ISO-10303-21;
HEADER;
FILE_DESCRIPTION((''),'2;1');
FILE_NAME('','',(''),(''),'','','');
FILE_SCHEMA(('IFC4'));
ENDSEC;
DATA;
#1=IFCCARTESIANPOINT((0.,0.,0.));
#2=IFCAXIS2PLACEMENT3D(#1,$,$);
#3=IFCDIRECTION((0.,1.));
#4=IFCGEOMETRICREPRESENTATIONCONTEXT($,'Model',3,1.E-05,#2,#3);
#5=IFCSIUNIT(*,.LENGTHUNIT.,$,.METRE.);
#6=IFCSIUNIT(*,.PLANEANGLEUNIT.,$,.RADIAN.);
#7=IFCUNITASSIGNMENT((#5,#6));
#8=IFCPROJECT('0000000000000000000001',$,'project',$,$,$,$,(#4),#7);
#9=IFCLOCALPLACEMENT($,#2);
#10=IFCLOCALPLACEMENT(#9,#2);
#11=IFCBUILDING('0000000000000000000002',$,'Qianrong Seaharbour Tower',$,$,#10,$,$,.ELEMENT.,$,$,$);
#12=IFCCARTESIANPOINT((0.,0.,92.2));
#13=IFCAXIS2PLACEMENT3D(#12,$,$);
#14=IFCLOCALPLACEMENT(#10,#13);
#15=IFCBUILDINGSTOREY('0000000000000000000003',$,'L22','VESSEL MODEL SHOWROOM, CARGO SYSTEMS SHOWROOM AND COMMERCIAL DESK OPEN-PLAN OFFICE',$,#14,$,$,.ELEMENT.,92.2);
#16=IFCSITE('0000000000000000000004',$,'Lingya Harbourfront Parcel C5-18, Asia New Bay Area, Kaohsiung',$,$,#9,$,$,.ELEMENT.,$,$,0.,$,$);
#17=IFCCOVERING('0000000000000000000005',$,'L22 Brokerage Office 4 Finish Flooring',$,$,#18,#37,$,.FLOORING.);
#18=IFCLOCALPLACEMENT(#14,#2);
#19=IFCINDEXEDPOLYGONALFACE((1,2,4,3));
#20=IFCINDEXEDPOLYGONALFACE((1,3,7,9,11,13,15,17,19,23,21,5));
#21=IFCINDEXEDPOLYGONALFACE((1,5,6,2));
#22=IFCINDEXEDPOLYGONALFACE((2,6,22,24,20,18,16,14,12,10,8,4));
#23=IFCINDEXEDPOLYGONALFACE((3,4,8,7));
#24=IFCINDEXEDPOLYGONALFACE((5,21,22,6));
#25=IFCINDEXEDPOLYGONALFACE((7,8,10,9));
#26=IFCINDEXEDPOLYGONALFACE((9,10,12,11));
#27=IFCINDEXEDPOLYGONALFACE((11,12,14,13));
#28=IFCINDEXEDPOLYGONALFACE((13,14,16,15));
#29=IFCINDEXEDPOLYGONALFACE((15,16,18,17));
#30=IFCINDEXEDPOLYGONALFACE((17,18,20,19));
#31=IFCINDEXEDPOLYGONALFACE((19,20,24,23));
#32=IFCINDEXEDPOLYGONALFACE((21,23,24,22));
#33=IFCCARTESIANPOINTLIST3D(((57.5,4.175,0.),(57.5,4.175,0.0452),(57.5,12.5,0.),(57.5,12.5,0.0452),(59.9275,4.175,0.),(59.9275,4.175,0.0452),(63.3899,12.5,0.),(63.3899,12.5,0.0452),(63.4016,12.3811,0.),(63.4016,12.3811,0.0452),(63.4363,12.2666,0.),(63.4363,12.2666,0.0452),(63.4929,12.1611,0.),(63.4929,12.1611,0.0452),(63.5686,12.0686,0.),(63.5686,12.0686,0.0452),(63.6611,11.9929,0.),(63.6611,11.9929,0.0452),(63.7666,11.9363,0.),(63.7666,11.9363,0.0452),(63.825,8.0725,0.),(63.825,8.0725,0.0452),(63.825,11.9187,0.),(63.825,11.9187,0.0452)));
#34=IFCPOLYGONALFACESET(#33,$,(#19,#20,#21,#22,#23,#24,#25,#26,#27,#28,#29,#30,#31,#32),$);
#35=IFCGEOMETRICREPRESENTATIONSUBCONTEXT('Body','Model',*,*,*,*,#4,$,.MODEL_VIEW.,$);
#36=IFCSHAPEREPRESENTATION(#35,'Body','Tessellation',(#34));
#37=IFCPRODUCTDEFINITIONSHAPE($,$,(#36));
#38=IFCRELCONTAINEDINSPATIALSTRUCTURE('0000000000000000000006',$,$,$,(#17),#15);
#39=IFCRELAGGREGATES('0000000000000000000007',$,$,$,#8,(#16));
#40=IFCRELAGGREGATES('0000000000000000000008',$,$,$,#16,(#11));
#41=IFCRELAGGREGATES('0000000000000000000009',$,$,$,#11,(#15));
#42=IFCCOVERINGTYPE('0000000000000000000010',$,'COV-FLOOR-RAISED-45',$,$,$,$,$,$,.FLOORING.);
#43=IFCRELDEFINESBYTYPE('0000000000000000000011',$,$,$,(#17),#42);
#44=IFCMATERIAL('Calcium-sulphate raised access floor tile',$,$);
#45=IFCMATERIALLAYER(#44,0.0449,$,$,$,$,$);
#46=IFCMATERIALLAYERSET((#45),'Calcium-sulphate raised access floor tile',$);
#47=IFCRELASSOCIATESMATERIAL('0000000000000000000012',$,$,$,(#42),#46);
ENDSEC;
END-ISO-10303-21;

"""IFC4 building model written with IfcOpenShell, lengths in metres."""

from ifc_helpers import new_model, si_unit, direction, frame, origin, place, context, subcontext, project, spatial, polyline, outline, extrude, material, layer, layer_set, type_object, element, save


model = new_model("IFC4")

# Units and contexts
model_context = context("Model", 3, precision=1e-05, world=origin(), true_north=direction((0.0, 1.0)))
body_context = subcontext(model_context, "Body", "Model", "MODEL_VIEW")
ifc_project = project(units=[si_unit("LENGTHUNIT", "METRE"), si_unit("PLANEANGLEUNIT", "RADIAN")], contexts=[model_context])

# Site, building, storey
site_placement = place(None, origin())
site = spatial("IfcSite", under=ifc_project, at=site_placement, Name="Lingya Harbourfront Parcel C5-18, Asia New Bay Area, Kaohsiung", CompositionType="ELEMENT", RefElevation=0.0)
building_placement = place(site_placement, origin())
building = spatial("IfcBuilding", under=site, at=building_placement, Name="Qianrong Seaharbour Tower", CompositionType="ELEMENT")
storey_placement = place(building_placement, frame((0.0, 0.0, 92.2)))
storey = spatial("IfcBuildingStorey", under=building, at=storey_placement, Name="L22", Description="VESSEL MODEL SHOWROOM, CARGO SYSTEMS SHOWROOM AND COMMERCIAL DESK OPEN-PLAN OFFICE", CompositionType="ELEMENT", Elevation=92.2)

# Covering
ifc_material_1 = material(Name="Calcium-sulphate raised access floor tile")
ifc_layer_1 = layer(ifc_material_1, 0.0449)
ifc_layer_set_1 = layer_set([ifc_layer_1], Name="Calcium-sulphate raised access floor tile")
covering_type_1 = type_object("IfcCoveringType", Name="COV-FLOOR-RAISED-45", PredefinedType="FLOORING", material=ifc_layer_set_1)
covering_1_placement = place(storey_placement, origin())
element("IfcCovering", 1, at=covering_1_placement, inside=storey, type_object=covering_type_1, Name="L22 Brokerage Office 4 Finish Flooring", PredefinedType="FLOORING", context=body_context, shape_type="SweptSolid", body=[
    extrude(outline(polyline([(63.825, 8.0725), (59.9275, 4.175), (57.5, 4.175), (57.5, 12.5), (63.3899, 12.5), (63.4016, 12.3811), (63.4363, 12.2666), (63.4929, 12.1611), (63.5686, 12.0686), (63.6611, 11.9929), (63.7666, 11.9363), (63.825, 11.9187), (63.825, 8.0725)])), origin(), (0.0, 0.0, 1.0), 0.0452),
])

save(model, "model.ifc")
